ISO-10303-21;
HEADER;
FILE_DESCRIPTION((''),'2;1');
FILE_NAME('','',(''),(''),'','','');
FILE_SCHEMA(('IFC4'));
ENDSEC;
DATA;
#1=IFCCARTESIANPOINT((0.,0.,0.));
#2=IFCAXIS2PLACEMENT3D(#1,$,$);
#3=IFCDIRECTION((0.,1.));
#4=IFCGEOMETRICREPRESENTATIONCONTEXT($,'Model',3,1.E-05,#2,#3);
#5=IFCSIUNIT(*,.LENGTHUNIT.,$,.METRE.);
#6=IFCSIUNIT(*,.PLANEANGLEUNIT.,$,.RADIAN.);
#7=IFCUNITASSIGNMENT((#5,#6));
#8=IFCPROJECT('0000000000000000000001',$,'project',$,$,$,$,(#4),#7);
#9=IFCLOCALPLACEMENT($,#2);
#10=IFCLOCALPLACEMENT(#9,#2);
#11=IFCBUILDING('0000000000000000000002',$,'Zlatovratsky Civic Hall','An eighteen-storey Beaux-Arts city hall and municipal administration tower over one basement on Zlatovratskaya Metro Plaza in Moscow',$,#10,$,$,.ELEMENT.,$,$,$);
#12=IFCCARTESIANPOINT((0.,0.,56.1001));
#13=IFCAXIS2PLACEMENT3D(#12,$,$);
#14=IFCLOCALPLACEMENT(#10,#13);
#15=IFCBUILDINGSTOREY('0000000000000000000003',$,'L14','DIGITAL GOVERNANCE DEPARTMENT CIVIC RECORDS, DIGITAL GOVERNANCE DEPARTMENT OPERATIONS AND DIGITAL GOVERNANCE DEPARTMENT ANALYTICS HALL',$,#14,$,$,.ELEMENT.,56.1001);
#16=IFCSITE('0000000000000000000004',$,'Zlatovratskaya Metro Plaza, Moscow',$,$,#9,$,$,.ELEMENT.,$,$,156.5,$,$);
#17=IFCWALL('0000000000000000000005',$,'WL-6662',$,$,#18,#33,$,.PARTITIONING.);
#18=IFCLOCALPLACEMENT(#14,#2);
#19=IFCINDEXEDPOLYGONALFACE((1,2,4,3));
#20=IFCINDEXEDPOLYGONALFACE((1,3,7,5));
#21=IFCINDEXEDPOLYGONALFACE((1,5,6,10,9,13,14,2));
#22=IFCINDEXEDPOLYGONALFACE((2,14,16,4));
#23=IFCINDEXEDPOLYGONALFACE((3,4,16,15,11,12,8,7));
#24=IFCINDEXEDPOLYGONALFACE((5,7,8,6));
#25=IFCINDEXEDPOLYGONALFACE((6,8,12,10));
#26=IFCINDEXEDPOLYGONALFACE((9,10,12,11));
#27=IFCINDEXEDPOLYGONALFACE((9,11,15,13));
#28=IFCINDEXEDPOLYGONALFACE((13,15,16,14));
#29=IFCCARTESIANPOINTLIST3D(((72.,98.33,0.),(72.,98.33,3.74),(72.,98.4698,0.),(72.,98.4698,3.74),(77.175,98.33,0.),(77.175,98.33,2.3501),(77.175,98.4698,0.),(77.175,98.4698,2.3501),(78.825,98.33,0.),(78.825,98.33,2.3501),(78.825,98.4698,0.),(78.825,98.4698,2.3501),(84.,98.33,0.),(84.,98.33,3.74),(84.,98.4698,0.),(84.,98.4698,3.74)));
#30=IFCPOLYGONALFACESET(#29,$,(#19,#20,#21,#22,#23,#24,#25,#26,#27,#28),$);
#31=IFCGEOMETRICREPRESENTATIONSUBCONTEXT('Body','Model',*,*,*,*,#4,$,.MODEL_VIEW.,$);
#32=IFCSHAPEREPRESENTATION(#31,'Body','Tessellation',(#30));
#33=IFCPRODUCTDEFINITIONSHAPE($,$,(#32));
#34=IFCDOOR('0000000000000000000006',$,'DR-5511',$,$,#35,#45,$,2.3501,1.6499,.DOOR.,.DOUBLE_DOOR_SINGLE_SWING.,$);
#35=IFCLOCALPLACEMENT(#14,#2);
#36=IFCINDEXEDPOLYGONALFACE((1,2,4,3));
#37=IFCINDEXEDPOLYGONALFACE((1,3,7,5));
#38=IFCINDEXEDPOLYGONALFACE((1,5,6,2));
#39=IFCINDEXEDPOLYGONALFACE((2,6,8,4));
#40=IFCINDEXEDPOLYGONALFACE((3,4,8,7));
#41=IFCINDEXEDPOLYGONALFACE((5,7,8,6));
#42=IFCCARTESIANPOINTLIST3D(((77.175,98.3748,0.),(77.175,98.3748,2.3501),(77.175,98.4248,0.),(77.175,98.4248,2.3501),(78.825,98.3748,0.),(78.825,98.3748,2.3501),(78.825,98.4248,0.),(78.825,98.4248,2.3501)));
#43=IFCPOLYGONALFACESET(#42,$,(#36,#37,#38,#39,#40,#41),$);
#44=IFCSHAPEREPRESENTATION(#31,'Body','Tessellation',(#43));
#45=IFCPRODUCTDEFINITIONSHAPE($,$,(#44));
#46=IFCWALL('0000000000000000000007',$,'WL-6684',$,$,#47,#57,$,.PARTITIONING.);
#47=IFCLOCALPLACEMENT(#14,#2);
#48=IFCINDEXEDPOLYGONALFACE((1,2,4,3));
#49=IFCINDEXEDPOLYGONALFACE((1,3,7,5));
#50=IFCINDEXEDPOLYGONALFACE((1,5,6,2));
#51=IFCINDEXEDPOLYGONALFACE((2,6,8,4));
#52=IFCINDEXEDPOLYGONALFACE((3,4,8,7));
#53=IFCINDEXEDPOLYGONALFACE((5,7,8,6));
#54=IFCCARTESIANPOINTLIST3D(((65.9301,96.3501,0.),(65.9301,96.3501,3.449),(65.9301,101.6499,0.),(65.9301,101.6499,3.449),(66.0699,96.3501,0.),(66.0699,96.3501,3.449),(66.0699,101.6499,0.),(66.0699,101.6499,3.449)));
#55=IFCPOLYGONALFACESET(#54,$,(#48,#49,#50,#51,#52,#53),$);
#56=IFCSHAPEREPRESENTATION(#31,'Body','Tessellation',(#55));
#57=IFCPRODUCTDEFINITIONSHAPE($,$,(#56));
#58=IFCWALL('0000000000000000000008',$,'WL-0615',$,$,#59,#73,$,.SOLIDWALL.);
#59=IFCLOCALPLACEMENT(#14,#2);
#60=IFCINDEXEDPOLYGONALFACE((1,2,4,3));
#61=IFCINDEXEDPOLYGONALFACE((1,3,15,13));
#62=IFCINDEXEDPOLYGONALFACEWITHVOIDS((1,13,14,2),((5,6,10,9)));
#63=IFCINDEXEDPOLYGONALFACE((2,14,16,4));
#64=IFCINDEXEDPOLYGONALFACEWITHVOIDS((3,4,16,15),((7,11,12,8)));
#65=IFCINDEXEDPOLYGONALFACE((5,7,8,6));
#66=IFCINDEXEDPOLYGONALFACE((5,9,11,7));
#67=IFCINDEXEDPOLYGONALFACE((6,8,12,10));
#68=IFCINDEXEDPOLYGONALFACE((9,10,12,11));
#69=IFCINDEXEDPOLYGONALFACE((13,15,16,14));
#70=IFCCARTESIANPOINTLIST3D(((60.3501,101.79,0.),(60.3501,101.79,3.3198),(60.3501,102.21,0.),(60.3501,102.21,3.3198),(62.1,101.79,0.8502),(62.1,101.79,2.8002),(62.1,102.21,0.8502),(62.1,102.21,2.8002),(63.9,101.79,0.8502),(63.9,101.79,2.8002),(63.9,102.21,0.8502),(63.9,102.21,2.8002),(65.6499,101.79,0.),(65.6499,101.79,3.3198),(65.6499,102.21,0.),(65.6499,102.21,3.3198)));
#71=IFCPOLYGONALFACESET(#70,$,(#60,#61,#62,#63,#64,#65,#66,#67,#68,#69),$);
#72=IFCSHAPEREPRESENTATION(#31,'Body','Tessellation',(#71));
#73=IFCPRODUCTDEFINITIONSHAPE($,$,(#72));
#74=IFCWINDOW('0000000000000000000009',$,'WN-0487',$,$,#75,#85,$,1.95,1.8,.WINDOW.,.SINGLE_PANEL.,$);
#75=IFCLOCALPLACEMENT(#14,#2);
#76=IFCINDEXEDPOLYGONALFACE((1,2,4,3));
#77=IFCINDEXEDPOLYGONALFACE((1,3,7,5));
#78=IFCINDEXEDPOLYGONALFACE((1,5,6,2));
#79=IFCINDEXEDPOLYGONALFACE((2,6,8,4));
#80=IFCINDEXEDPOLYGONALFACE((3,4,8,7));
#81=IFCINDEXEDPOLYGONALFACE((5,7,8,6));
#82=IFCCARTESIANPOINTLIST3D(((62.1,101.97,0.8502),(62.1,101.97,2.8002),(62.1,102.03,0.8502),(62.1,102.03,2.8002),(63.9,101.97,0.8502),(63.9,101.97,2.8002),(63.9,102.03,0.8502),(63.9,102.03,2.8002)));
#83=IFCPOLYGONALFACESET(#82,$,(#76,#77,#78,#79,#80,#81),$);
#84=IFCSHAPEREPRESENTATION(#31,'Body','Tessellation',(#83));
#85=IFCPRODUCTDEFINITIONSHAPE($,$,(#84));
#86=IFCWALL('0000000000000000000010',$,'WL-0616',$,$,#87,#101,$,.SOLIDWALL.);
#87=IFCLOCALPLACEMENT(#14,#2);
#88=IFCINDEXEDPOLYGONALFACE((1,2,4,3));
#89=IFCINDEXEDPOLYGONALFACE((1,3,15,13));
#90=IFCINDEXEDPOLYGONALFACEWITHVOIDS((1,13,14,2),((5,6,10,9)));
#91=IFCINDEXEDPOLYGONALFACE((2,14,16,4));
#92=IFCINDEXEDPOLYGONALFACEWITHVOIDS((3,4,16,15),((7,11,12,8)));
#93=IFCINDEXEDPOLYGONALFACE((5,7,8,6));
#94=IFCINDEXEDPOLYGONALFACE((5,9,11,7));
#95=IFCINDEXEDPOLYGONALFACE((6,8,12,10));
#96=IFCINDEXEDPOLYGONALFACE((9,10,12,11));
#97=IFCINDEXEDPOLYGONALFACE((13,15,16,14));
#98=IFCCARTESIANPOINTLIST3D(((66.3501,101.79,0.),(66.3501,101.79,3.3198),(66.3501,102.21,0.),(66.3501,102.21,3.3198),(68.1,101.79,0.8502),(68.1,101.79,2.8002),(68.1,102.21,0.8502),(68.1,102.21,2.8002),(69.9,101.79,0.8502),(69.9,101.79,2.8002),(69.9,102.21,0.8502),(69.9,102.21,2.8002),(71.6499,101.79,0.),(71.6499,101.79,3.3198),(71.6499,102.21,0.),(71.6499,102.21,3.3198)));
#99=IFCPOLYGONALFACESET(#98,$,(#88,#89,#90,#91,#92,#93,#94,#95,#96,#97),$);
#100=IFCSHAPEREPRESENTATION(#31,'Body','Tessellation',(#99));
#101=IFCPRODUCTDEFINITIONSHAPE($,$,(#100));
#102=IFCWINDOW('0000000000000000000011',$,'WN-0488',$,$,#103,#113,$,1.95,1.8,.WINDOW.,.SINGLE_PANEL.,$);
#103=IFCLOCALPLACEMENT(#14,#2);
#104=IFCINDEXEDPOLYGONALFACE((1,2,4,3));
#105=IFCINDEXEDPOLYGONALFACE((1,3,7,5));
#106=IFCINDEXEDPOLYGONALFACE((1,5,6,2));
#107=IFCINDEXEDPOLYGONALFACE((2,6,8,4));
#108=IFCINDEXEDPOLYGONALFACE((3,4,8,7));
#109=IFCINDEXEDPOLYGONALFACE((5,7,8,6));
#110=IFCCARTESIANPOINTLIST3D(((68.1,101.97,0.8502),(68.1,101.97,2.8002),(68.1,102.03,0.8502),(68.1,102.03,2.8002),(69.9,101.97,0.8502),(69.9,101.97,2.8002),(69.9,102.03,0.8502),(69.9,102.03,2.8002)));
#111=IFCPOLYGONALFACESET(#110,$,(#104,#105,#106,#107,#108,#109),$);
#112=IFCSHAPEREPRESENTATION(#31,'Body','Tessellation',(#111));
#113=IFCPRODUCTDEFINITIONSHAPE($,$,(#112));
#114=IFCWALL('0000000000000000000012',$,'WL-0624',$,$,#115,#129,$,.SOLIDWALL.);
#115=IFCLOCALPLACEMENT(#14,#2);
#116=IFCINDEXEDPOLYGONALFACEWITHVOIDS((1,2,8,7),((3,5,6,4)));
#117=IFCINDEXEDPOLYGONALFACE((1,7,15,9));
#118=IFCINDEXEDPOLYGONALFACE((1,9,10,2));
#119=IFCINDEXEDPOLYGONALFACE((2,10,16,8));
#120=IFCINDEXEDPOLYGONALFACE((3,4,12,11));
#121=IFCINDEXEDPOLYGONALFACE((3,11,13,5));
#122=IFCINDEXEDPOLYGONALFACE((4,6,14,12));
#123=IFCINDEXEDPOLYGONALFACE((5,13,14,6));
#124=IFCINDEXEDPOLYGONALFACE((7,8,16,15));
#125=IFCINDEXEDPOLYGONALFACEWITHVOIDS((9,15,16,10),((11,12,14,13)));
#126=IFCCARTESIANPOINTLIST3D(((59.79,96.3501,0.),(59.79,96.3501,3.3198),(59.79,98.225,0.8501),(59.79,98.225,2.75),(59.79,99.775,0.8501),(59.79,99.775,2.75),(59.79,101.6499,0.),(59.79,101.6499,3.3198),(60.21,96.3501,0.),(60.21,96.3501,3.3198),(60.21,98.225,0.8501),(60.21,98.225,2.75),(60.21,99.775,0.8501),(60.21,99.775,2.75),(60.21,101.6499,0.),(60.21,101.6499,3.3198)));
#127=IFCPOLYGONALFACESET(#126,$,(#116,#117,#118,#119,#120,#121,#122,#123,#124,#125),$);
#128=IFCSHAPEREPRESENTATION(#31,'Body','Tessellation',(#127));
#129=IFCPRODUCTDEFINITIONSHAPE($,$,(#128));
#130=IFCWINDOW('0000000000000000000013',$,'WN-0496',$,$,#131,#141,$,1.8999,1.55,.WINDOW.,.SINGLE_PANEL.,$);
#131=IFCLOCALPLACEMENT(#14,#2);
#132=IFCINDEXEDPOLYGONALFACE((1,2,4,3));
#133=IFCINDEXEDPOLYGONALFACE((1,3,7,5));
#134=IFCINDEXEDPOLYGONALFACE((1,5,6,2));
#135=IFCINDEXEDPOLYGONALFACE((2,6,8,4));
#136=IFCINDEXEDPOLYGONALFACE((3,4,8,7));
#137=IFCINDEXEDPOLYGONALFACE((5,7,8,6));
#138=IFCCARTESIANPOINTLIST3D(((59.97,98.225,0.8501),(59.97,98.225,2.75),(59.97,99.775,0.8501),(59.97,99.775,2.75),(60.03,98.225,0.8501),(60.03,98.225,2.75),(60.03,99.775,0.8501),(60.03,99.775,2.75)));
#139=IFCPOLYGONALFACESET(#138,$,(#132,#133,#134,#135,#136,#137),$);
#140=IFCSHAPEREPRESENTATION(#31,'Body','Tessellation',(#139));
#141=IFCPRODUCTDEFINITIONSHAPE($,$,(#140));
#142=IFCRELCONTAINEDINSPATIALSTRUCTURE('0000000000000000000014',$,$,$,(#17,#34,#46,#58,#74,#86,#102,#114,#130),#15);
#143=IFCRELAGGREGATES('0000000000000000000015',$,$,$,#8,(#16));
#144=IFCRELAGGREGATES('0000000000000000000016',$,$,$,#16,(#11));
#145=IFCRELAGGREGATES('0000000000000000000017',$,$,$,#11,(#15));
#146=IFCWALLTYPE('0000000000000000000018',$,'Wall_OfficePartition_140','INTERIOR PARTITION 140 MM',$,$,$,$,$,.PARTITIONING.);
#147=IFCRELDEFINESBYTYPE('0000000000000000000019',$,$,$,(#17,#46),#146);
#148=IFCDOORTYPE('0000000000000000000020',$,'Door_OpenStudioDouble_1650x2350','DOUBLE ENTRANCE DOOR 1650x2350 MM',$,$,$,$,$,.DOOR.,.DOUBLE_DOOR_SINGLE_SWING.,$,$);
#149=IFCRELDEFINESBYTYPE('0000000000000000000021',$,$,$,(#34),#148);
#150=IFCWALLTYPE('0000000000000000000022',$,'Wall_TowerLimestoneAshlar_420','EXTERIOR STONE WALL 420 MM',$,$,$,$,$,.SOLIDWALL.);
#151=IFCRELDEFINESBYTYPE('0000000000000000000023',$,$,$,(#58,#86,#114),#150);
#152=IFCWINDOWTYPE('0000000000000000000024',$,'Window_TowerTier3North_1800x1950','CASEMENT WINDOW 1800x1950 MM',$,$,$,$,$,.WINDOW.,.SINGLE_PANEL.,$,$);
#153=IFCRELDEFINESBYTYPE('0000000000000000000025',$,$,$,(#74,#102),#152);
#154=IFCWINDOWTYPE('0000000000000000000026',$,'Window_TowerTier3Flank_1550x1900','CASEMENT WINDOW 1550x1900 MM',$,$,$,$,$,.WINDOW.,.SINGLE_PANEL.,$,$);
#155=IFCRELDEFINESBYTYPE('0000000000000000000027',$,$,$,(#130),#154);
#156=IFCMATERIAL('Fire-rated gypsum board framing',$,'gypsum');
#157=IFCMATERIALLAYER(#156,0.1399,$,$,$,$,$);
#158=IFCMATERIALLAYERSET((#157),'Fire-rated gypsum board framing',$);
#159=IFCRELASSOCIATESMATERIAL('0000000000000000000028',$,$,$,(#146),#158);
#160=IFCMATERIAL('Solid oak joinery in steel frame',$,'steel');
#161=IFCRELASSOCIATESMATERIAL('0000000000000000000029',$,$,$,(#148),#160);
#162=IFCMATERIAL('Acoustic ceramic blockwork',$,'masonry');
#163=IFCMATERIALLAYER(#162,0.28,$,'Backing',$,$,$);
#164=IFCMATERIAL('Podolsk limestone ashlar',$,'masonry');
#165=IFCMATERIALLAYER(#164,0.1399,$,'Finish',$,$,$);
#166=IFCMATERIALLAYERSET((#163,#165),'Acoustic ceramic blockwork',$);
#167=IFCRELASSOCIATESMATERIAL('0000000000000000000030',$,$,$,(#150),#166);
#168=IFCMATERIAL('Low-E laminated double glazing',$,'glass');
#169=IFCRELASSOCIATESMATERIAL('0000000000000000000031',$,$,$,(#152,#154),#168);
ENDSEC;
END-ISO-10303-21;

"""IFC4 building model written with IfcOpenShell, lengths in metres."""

from ifc_helpers import new_model, si_unit, direction, frame, frame_2d, origin, place, context, subcontext, project, spatial, rectangle, extrude, material, layer, layer_set, type_object, element, fill, save


model = new_model("IFC4")

# Units and contexts
model_context = context("Model", 3, precision=1e-05, world=origin(), true_north=direction((0.0, 1.0)))
body_context = subcontext(model_context, "Body", "Model", "MODEL_VIEW")
ifc_project = project(units=[si_unit("LENGTHUNIT", "METRE"), si_unit("PLANEANGLEUNIT", "RADIAN")], contexts=[model_context])

# Site, building, storey
site_placement = place(None, origin())
site = spatial("IfcSite", under=ifc_project, at=site_placement, Name="Zlatovratskaya Metro Plaza, Moscow", CompositionType="ELEMENT", RefElevation=156.5)
building_placement = place(site_placement, origin())
building = spatial("IfcBuilding", under=site, at=building_placement, Name="Zlatovratsky Civic Hall", Description="An eighteen-storey Beaux-Arts city hall and municipal administration tower over one basement on Zlatovratskaya Metro Plaza in Moscow", CompositionType="ELEMENT")
storey_placement = place(building_placement, frame((0.0, 0.0, 56.1001)))
storey = spatial("IfcBuildingStorey", under=building, at=storey_placement, Name="L14", Description="DIGITAL GOVERNANCE DEPARTMENT CIVIC RECORDS, DIGITAL GOVERNANCE DEPARTMENT OPERATIONS AND DIGITAL GOVERNANCE DEPARTMENT ANALYTICS HALL", CompositionType="ELEMENT", Elevation=56.1001)

# Shared definitions
ifc_material_1 = material(Name="Acoustic ceramic blockwork", Category="masonry")

# Wall, opening, door
ifc_material_2 = material(Name="Fire-rated gypsum board framing", Category="gypsum")
ifc_layer_1 = layer(ifc_material_2, 0.1399)
ifc_layer_set_1 = layer_set([ifc_layer_1], Name="Fire-rated gypsum board framing")
wall_type_1 = type_object("IfcWallType", Name="Wall_OfficePartition_140", Description="INTERIOR PARTITION 140 MM", PredefinedType="PARTITIONING", material=ifc_layer_set_1)
wall_1_placement = place(storey_placement, frame((72.0, 98.3999, 0.0), z_axis=(0.0, 0.0, 1.0), x_axis=(1.0, 0.0, 0.0)))
wall_1 = element("IfcWall", 1, at=wall_1_placement, inside=storey, type_object=wall_type_1, Name="WL-6662", PredefinedType="PARTITIONING", context=body_context, shape_type="SweptSolid", body=[
    extrude(rectangle(XDim=12.0, YDim=0.1399, at=frame_2d((6.0, 0.0))), origin(), (0.0, 0.0, 1.0), 3.74),
])
opening_1_placement = place(wall_1_placement, frame((5.175, 0.0, 0.0)))
opening_1 = element("IfcOpeningElement", 2, at=opening_1_placement, cuts=wall_1, PredefinedType="OPENING", context=body_context, shape_type="SweptSolid", body=[
    extrude(rectangle(XDim=1.6499, YDim=2.3501, at=frame_2d((0.825, 1.175))), frame((0.0, 0.085, 0.0), z_axis=(0.0, -1.0, 0.0), x_axis=(1.0, 0.0, 0.0)), (0.0, 0.0, 1.0), 0.1697),
])
ifc_material_3 = material(Name="Solid oak joinery in steel frame", Category="steel")
door_type = type_object("IfcDoorType", Name="Door_OpenStudioDouble_1650x2350", Description="DOUBLE ENTRANCE DOOR 1650x2350 MM", OperationType="DOUBLE_DOOR_SINGLE_SWING", PredefinedType="DOOR", material=ifc_material_3)
door_placement = place(opening_1_placement, origin())
door = element("IfcDoor", 3, at=door_placement, inside=storey, type_object=door_type, Name="DR-5511", OperationType="DOUBLE_DOOR_SINGLE_SWING", OverallHeight=2.3501, OverallWidth=1.6499, PredefinedType="DOOR", context=body_context, shape_type="SweptSolid", body=[
    extrude(rectangle(XDim=1.6499, YDim=2.3501, at=frame_2d((0.825, 1.175))), frame((0.0, 0.0249, 0.0), z_axis=(0.0, -1.0, 0.0), x_axis=(1.0, 0.0, 0.0)), (0.0, 0.0, 1.0), 0.05),
])
fill(opening_1, door)

# Wall
wall_2_placement = place(storey_placement, frame((66.0, 96.3501, 0.0), z_axis=(0.0, 0.0, 1.0), x_axis=(0.0, 1.0, 0.0)))
element("IfcWall", 4, at=wall_2_placement, inside=storey, type_object=wall_type_1, Name="WL-6684", PredefinedType="PARTITIONING", context=body_context, shape_type="SweptSolid", body=[
    extrude(rectangle(XDim=5.2998, YDim=0.1399, at=frame_2d((2.6499, 0.0))), origin(), (0.0, 0.0, 1.0), 3.449),
])

# Walls, openings, windows
ifc_layer_2 = layer(ifc_material_1, 0.28, Name="Backing")
ifc_material_4 = material(Name="Podolsk limestone ashlar", Category="masonry")
ifc_layer_3 = layer(ifc_material_4, 0.1399, Name="Finish")
ifc_layer_set_2 = layer_set([ifc_layer_2, ifc_layer_3], Name="Acoustic ceramic blockwork")
wall_type_2 = type_object("IfcWallType", Name="Wall_TowerLimestoneAshlar_420", Description="EXTERIOR STONE WALL 420 MM", PredefinedType="SOLIDWALL", material=ifc_layer_set_2)
wall_3_placement = place(storey_placement, frame((60.3501, 102.0, 0.0), z_axis=(0.0, 0.0, 1.0), x_axis=(1.0, 0.0, 0.0)))
wall_3 = element("IfcWall", 5, at=wall_3_placement, inside=storey, type_object=wall_type_2, Name="WL-0615", PredefinedType="SOLIDWALL", context=body_context, shape_type="SweptSolid", body=[
    extrude(rectangle(XDim=5.2998, YDim=0.4199, at=frame_2d((2.6499, 0.0))), origin(), (0.0, 0.0, 1.0), 3.3198),
])
opening_2_placement = place(wall_3_placement, frame((1.75, 0.0, 0.8501)))
opening_2 = element("IfcOpeningElement", 6, at=opening_2_placement, cuts=wall_3, PredefinedType="OPENING", context=body_context, shape_type="SweptSolid", body=[
    extrude(rectangle(XDim=1.8, YDim=1.95, at=frame_2d((0.8999, 0.9751))), frame((0.0, 0.2249, 0.0), z_axis=(0.0, -1.0, 0.0), x_axis=(1.0, 0.0, 0.0)), (0.0, 0.0, 1.0), 0.4497),
])
ifc_material_5 = material(Name="Low-E laminated double glazing", Category="glass")
window_type_1 = type_object("IfcWindowType", Name="Window_TowerTier3North_1800x1950", Description="CASEMENT WINDOW 1800x1950 MM", PartitioningType="SINGLE_PANEL", PredefinedType="WINDOW", material=ifc_material_5)
window_1_placement = place(opening_2_placement, origin())
window_1 = element("IfcWindow", 7, at=window_1_placement, inside=storey, type_object=window_type_1, Name="WN-0487", OverallHeight=1.95, OverallWidth=1.8, PartitioningType="SINGLE_PANEL", PredefinedType="WINDOW", context=body_context, shape_type="SweptSolid", body=[
    extrude(rectangle(XDim=1.8, YDim=1.95, at=frame_2d((0.8999, 0.9751))), frame((0.0, 0.03, 0.0), z_axis=(0.0, -1.0, 0.0), x_axis=(1.0, 0.0, 0.0)), (0.0, 0.0, 1.0), 0.0601),
])
fill(opening_2, window_1)
wall_4_placement = place(storey_placement, frame((66.3501, 102.0, 0.0), z_axis=(0.0, 0.0, 1.0), x_axis=(1.0, 0.0, 0.0)))
wall_4 = element("IfcWall", 8, at=wall_4_placement, inside=storey, type_object=wall_type_2, Name="WL-0616", PredefinedType="SOLIDWALL", context=body_context, shape_type="SweptSolid", body=[
    extrude(rectangle(XDim=5.2998, YDim=0.4199, at=frame_2d((2.6499, 0.0))), origin(), (0.0, 0.0, 1.0), 3.3198),
])
opening_3_placement = place(wall_4_placement, frame((1.75, 0.0, 0.8501)))
opening_3 = element("IfcOpeningElement", 9, at=opening_3_placement, cuts=wall_4, PredefinedType="OPENING", context=body_context, shape_type="SweptSolid", body=[
    extrude(rectangle(XDim=1.8, YDim=1.95, at=frame_2d((0.8999, 0.9751))), frame((0.0, 0.2249, 0.0), z_axis=(0.0, -1.0, 0.0), x_axis=(1.0, 0.0, 0.0)), (0.0, 0.0, 1.0), 0.4497),
])
window_2_placement = place(opening_3_placement, origin())
window_2 = element("IfcWindow", 10, at=window_2_placement, inside=storey, type_object=window_type_1, Name="WN-0488", OverallHeight=1.95, OverallWidth=1.8, PartitioningType="SINGLE_PANEL", PredefinedType="WINDOW", context=body_context, shape_type="SweptSolid", body=[
    extrude(rectangle(XDim=1.8, YDim=1.95, at=frame_2d((0.8999, 0.9751))), frame((0.0, 0.03, 0.0), z_axis=(0.0, -1.0, 0.0), x_axis=(1.0, 0.0, 0.0)), (0.0, 0.0, 1.0), 0.0601),
])
fill(opening_3, window_2)
wall_5_placement = place(storey_placement, frame((60.0, 96.3501, 0.0), z_axis=(0.0, 0.0, 1.0), x_axis=(0.0, 1.0, 0.0)))
wall_5 = element("IfcWall", 11, at=wall_5_placement, inside=storey, type_object=wall_type_2, Name="WL-0624", PredefinedType="SOLIDWALL", context=body_context, shape_type="SweptSolid", body=[
    extrude(rectangle(XDim=5.2998, YDim=0.4199, at=frame_2d((2.6499, 0.0))), origin(), (0.0, 0.0, 1.0), 3.3198),
])
opening_4_placement = place(wall_5_placement, frame((1.875, 0.0, 0.8501)))
opening_4 = element("IfcOpeningElement", 12, at=opening_4_placement, cuts=wall_5, PredefinedType="OPENING", context=body_context, shape_type="SweptSolid", body=[
    extrude(rectangle(XDim=1.55, YDim=1.8999, at=frame_2d((0.7749, 0.95))), frame((0.0, 0.2249, 0.0), z_axis=(0.0, -1.0, 0.0), x_axis=(1.0, 0.0, 0.0)), (0.0, 0.0, 1.0), 0.4497),
])
window_type_2 = type_object("IfcWindowType", Name="Window_TowerTier3Flank_1550x1900", Description="CASEMENT WINDOW 1550x1900 MM", PartitioningType="SINGLE_PANEL", PredefinedType="WINDOW", material=ifc_material_5)
window_3_placement = place(opening_4_placement, origin())
window_3 = element("IfcWindow", 13, at=window_3_placement, inside=storey, type_object=window_type_2, Name="WN-0496", OverallHeight=1.8999, OverallWidth=1.55, PartitioningType="SINGLE_PANEL", PredefinedType="WINDOW", context=body_context, shape_type="SweptSolid", body=[
    extrude(rectangle(XDim=1.55, YDim=1.8999, at=frame_2d((0.7749, 0.95))), frame((0.0, 0.03, 0.0), z_axis=(0.0, -1.0, 0.0), x_axis=(1.0, 0.0, 0.0)), (0.0, 0.0, 1.0), 0.0601),
])
fill(opening_4, window_3)

save(model, "model.ifc")
